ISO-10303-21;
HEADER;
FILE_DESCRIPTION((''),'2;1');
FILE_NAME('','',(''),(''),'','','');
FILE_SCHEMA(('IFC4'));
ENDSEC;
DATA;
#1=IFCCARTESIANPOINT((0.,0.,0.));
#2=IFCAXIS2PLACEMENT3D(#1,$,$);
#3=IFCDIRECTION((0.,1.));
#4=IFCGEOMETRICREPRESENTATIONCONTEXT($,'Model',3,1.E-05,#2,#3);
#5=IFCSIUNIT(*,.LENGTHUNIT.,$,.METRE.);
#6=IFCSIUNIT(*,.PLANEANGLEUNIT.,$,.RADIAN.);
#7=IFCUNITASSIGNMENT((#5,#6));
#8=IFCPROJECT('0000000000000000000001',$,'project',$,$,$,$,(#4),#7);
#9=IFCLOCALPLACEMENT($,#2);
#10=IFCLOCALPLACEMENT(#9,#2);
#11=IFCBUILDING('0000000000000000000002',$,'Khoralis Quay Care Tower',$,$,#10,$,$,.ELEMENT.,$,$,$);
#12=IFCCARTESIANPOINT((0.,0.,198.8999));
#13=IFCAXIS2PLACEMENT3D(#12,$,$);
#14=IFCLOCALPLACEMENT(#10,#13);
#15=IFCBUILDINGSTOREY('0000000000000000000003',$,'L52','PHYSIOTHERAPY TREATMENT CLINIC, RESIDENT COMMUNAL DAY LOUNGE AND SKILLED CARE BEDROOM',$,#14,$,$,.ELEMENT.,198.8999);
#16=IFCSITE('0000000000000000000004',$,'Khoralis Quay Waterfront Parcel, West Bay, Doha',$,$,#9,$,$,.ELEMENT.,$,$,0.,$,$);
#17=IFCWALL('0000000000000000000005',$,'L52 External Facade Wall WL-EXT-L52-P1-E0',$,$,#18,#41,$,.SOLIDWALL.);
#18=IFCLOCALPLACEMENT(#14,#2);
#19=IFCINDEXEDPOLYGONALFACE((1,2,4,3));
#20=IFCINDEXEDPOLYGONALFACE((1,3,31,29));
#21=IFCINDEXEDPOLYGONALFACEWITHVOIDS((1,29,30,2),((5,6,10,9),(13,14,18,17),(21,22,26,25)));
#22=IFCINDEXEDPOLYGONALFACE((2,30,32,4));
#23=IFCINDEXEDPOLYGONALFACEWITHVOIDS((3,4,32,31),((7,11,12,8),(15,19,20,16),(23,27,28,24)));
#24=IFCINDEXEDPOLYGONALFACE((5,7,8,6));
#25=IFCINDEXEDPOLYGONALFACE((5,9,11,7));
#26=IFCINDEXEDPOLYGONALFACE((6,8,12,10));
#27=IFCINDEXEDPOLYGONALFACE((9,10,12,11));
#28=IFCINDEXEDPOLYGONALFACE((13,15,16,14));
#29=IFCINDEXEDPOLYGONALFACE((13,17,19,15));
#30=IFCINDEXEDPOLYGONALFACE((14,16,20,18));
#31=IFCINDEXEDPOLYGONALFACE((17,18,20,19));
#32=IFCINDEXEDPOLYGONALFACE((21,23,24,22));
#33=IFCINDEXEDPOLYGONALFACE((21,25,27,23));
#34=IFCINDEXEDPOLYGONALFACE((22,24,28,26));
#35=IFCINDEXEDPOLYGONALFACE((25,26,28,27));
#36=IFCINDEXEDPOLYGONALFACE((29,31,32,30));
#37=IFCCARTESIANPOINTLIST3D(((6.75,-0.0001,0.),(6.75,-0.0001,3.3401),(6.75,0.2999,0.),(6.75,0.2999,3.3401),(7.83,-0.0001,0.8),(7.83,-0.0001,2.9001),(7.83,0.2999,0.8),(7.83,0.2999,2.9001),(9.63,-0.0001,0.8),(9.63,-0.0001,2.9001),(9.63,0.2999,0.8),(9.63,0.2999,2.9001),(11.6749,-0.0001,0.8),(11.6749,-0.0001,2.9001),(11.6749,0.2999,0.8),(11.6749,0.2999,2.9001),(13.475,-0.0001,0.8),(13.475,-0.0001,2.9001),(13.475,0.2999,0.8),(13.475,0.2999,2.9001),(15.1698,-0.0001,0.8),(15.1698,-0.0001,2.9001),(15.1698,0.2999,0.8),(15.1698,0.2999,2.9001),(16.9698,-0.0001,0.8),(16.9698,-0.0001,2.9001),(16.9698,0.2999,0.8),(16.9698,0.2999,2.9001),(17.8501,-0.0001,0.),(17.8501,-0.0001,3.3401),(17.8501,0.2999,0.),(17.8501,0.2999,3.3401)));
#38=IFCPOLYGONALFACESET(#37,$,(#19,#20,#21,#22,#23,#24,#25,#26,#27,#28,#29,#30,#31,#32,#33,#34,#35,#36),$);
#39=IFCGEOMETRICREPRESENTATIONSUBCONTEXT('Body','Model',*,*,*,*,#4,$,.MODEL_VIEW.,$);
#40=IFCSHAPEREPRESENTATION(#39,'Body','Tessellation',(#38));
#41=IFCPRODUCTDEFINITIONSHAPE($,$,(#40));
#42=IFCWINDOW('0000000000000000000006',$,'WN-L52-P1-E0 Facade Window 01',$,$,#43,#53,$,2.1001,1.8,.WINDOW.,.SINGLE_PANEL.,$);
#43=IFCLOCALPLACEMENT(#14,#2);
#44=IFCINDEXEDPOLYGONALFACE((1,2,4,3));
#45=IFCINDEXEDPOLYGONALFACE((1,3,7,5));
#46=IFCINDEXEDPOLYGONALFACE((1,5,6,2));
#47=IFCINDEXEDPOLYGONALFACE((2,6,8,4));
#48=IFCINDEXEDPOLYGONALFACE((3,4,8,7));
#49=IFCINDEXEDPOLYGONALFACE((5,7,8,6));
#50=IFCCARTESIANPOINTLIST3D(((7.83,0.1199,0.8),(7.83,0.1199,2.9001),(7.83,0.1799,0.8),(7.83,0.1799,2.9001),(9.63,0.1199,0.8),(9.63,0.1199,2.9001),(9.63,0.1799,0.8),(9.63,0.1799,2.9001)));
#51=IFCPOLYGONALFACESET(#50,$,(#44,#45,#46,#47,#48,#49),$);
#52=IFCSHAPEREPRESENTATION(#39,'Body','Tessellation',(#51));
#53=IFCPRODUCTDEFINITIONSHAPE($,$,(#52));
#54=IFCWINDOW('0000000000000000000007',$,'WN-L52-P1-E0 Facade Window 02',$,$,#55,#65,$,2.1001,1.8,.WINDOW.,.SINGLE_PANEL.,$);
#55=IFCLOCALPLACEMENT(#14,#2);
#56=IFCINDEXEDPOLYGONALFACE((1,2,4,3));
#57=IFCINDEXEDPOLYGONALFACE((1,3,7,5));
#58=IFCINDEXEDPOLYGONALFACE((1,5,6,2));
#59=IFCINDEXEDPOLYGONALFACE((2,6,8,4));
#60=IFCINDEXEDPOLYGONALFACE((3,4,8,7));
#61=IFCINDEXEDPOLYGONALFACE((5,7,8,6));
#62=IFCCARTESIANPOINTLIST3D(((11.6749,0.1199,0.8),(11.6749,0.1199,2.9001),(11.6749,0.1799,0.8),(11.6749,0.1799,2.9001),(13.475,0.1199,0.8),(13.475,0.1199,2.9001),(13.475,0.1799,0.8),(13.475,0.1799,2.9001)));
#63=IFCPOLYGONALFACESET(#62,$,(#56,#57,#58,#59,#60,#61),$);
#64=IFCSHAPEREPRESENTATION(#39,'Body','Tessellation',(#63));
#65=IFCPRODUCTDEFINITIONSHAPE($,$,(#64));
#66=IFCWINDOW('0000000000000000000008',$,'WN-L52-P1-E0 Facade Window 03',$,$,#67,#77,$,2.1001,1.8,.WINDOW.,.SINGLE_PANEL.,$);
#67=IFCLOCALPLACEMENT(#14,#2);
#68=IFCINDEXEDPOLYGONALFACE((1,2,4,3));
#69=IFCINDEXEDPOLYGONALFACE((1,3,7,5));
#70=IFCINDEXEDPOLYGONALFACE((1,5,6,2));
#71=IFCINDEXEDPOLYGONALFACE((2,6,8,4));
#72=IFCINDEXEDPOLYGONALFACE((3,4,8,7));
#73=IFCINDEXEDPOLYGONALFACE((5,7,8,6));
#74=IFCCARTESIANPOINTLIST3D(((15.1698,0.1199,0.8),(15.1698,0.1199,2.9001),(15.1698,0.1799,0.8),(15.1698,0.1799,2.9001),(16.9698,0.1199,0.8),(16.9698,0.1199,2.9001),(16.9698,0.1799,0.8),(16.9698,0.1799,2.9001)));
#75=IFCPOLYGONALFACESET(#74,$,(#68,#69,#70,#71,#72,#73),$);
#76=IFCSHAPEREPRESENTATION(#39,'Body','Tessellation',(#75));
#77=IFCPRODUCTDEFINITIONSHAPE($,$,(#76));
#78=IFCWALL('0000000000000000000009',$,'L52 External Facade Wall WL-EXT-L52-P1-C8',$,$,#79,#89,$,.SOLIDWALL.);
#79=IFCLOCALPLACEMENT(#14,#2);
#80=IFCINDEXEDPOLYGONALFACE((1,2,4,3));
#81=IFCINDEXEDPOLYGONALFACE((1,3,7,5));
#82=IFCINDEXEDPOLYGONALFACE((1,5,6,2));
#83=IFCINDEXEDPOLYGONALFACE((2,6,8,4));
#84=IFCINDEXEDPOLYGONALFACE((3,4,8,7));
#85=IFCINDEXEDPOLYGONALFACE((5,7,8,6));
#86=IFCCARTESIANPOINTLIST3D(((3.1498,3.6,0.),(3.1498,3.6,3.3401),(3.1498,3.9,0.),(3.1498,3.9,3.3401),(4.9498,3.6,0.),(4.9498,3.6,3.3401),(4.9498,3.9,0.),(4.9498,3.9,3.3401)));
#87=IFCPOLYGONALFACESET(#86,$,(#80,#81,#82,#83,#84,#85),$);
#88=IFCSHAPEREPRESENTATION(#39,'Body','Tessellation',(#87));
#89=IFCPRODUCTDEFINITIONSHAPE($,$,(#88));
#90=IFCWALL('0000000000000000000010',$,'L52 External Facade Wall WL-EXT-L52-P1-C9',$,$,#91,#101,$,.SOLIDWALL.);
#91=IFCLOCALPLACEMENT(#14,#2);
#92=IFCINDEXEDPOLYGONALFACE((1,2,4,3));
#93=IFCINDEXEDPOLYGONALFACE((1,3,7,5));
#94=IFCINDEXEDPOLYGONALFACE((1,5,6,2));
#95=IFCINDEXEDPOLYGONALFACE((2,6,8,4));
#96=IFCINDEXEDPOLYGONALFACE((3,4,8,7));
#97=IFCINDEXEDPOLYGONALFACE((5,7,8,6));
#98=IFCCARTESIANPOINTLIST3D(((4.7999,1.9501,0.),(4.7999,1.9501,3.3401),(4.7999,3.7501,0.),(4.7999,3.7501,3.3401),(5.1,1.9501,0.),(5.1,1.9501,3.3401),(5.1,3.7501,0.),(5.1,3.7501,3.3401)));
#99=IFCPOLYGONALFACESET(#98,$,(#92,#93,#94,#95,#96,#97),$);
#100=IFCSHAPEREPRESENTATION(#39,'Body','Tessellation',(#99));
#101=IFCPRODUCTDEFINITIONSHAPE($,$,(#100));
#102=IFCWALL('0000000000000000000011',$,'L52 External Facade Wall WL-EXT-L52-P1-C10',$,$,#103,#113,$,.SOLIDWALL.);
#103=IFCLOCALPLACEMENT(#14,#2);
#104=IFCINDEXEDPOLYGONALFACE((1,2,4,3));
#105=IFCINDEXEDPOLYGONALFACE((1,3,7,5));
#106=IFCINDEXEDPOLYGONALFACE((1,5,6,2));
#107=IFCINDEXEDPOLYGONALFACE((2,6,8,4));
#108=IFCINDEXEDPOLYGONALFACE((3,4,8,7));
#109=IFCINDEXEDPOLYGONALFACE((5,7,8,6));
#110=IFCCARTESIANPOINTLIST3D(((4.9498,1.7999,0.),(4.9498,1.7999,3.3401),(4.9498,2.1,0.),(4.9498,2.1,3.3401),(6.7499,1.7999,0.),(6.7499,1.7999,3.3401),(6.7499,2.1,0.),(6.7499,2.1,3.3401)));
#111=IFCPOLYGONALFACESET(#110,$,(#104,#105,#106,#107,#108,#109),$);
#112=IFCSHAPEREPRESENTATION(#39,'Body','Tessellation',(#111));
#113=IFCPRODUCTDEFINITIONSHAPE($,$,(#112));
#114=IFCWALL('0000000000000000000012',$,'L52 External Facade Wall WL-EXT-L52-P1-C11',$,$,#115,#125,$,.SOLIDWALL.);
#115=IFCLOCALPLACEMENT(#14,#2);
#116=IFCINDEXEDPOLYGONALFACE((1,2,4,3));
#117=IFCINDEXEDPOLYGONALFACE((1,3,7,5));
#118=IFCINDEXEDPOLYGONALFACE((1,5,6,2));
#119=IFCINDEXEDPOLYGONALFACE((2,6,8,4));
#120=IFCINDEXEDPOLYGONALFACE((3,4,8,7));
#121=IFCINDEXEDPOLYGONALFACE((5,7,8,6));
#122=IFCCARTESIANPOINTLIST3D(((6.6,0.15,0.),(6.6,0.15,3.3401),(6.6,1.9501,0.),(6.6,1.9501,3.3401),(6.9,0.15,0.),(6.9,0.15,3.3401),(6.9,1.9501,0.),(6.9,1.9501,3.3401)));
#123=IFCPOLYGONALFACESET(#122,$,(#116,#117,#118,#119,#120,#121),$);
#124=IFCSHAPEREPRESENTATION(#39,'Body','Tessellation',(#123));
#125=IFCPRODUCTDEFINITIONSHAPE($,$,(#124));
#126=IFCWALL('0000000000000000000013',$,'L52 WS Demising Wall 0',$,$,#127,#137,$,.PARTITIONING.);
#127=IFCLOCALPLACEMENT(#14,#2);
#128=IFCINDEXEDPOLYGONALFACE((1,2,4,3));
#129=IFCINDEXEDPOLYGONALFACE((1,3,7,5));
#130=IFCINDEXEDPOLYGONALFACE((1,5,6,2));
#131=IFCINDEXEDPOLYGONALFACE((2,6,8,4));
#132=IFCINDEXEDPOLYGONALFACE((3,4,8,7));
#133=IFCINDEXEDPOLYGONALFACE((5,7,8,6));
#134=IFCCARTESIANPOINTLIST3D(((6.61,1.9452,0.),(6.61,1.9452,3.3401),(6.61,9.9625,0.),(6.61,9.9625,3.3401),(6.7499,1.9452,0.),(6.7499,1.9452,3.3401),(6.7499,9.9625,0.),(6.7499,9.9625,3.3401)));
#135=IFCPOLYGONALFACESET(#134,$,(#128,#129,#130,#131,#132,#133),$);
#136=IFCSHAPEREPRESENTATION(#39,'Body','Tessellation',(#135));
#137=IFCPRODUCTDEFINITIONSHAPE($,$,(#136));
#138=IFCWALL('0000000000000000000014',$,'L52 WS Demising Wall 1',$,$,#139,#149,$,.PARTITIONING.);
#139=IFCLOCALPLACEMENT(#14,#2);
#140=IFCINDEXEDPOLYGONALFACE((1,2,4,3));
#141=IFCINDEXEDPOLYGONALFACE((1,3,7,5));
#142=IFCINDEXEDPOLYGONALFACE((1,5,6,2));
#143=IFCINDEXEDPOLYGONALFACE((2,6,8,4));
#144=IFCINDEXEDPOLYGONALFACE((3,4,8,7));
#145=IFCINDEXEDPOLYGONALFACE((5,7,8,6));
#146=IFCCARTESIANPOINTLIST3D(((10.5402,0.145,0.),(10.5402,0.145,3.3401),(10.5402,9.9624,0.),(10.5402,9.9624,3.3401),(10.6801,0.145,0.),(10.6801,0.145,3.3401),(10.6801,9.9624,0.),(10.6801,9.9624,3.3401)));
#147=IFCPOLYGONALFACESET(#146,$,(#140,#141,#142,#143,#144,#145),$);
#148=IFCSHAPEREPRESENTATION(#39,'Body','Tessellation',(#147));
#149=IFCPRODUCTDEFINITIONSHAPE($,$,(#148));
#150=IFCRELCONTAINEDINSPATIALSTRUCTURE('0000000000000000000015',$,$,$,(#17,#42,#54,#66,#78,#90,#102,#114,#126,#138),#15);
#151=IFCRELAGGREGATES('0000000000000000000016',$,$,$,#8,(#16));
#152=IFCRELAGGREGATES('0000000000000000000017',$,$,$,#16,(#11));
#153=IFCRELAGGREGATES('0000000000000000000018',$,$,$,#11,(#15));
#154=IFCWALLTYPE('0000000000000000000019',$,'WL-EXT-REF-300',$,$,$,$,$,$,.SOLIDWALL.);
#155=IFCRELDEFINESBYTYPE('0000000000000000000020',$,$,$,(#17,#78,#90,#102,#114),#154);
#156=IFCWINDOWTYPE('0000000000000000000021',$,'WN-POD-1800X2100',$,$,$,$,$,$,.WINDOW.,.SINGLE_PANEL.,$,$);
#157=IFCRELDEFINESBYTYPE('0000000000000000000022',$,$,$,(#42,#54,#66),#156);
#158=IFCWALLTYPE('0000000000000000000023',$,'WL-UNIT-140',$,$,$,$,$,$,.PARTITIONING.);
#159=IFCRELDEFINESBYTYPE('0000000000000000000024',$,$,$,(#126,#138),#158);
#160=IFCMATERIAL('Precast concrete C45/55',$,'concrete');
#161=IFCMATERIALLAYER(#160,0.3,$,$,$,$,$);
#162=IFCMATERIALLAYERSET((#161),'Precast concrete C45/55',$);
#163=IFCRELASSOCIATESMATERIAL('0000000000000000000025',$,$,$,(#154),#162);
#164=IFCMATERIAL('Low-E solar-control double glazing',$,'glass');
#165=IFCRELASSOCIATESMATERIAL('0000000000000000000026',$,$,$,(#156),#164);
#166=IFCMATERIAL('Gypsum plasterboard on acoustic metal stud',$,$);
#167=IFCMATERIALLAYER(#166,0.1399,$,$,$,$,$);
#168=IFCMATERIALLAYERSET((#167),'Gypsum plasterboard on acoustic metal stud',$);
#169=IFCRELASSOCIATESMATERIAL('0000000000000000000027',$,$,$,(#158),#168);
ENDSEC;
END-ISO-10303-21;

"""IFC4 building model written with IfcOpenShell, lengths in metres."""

from ifc_helpers import new_model, si_unit, direction, frame, frame_2d, origin, place, context, subcontext, project, spatial, rectangle, extrude, source, transform, mapped, material, layer, layer_set, type_object, element, fill, save


model = new_model("IFC4")

# Units and contexts
model_context = context("Model", 3, precision=1e-05, world=origin(), true_north=direction((0.0, 1.0)))
body_context = subcontext(model_context, "Body", "Model", "MODEL_VIEW")
ifc_project = project(units=[si_unit("LENGTHUNIT", "METRE"), si_unit("PLANEANGLEUNIT", "RADIAN")], contexts=[model_context])

# Site, building, storey
site_placement = place(None, origin())
site = spatial("IfcSite", under=ifc_project, at=site_placement, Name="Khoralis Quay Waterfront Parcel, West Bay, Doha", CompositionType="ELEMENT", RefElevation=0.0)
building_placement = place(site_placement, origin())
building = spatial("IfcBuilding", under=site, at=building_placement, Name="Khoralis Quay Care Tower", CompositionType="ELEMENT")
storey_placement = place(building_placement, frame((0.0, 0.0, 198.8999)))
storey = spatial("IfcBuildingStorey", under=building, at=storey_placement, Name="L52", Description="PHYSIOTHERAPY TREATMENT CLINIC, RESIDENT COMMUNAL DAY LOUNGE AND SKILLED CARE BEDROOM", CompositionType="ELEMENT", Elevation=198.8999)

# Shared definitions
ifc_material_1 = material(Name="Precast concrete C45/55", Category="concrete")

# Wall, openings, windows
ifc_layer_1 = layer(ifc_material_1, 0.3)
ifc_layer_set_1 = layer_set([ifc_layer_1], Name="Precast concrete C45/55")
wall_type_1 = type_object("IfcWallType", Name="WL-EXT-REF-300", PredefinedType="SOLIDWALL", material=ifc_layer_set_1)
wall_1_placement = place(storey_placement, frame((6.75, 0.1499, 0.0), z_axis=(0.0, 0.0, 1.0), x_axis=(1.0, 0.0, 0.0)))
wall_1 = element("IfcWall", 1, at=wall_1_placement, inside=storey, type_object=wall_type_1, Name="L52 External Facade Wall WL-EXT-L52-P1-E0", PredefinedType="SOLIDWALL", context=body_context, shape_type="SweptSolid", body=[
    extrude(rectangle(XDim=11.1001, YDim=0.3, at=frame_2d((5.55, 0.0))), origin(), (0.0, 0.0, 1.0), 3.3401),
])
opening_1_placement = place(wall_1_placement, frame((1.0801, 0.0, 0.8)))
opening_1 = element("IfcOpeningElement", 2, at=opening_1_placement, cuts=wall_1, PredefinedType="OPENING", context=body_context, shape_type="SweptSolid", body=[
    extrude(rectangle(XDim=1.8, YDim=2.1001, at=frame_2d((0.8999, 1.05))), frame((0.0, 0.1602, 0.0), z_axis=(0.0, -1.0, 0.0), x_axis=(1.0, 0.0, 0.0)), (0.0, 0.0, 1.0), 0.3201),
])
opening_2_placement = place(wall_1_placement, frame((4.925, 0.0, 0.8)))
opening_2 = element("IfcOpeningElement", 3, at=opening_2_placement, cuts=wall_1, PredefinedType="OPENING", context=body_context, shape_type="SweptSolid", body=[
    extrude(rectangle(XDim=1.8, YDim=2.1001, at=frame_2d((0.8999, 1.05))), frame((0.0, 0.1602, 0.0), z_axis=(0.0, -1.0, 0.0), x_axis=(1.0, 0.0, 0.0)), (0.0, 0.0, 1.0), 0.3201),
])
opening_3_placement = place(wall_1_placement, frame((8.4199, 0.0, 0.8)))
opening_3 = element("IfcOpeningElement", 4, at=opening_3_placement, cuts=wall_1, PredefinedType="OPENING", context=body_context, shape_type="SweptSolid", body=[
    extrude(rectangle(XDim=1.8, YDim=2.1001, at=frame_2d((0.8999, 1.05))), frame((0.0, 0.1602, 0.0), z_axis=(0.0, -1.0, 0.0), x_axis=(1.0, 0.0, 0.0)), (0.0, 0.0, 1.0), 0.3201),
])
ifc_material_2 = material(Name="Low-E solar-control double glazing", Category="glass")
window_type = type_object("IfcWindowType", Name="WN-POD-1800X2100", PartitioningType="SINGLE_PANEL", PredefinedType="WINDOW", material=ifc_material_2)
shared_shape_1 = source(origin(), body_context, "Body", "SweptSolid", [
    extrude(rectangle(XDim=1.8, YDim=2.1001, at=frame_2d((0.8999, 1.05))), frame((0.0, 0.03, 0.0), z_axis=(0.0, -1.0, 0.0), x_axis=(1.0, 0.0, 0.0)), (0.0, 0.0, 1.0), 0.0601),
])
window_1_placement = place(opening_1_placement, origin())
window_1 = element("IfcWindow", 5, at=window_1_placement, inside=storey, type_object=window_type, Name="WN-L52-P1-E0 Facade Window 01", OverallHeight=2.1001, OverallWidth=1.8, PartitioningType="SINGLE_PANEL", PredefinedType="WINDOW", context=body_context, shape_type="MappedRepresentation", body=[
    mapped(shared_shape_1, transform((0.0, 0.0, 0.0), scale=1.0)),
])
fill(opening_1, window_1)
window_2_placement = place(opening_2_placement, origin())
window_2 = element("IfcWindow", 6, at=window_2_placement, inside=storey, type_object=window_type, Name="WN-L52-P1-E0 Facade Window 02", OverallHeight=2.1001, OverallWidth=1.8, PartitioningType="SINGLE_PANEL", PredefinedType="WINDOW", context=body_context, shape_type="MappedRepresentation", body=[
    mapped(shared_shape_1, transform((0.0, 0.0, 0.0), scale=1.0)),
])
fill(opening_2, window_2)
window_3_placement = place(opening_3_placement, origin())
window_3 = element("IfcWindow", 7, at=window_3_placement, inside=storey, type_object=window_type, Name="WN-L52-P1-E0 Facade Window 03", OverallHeight=2.1001, OverallWidth=1.8, PartitioningType="SINGLE_PANEL", PredefinedType="WINDOW", context=body_context, shape_type="MappedRepresentation", body=[
    mapped(shared_shape_1, transform((0.0, 0.0, 0.0), scale=1.0)),
])
fill(opening_3, window_3)

# Walls
for number, where, z_axis, x_axis, name in (
    (8, (3.1499, 3.75, 0.0), (0.0, 0.0, 1.0), (1.0, 0.0, 0.0), "L52 External Facade Wall WL-EXT-L52-P1-C8"),
    (9, (4.95, 3.75, 0.0), (0.0, 0.0, 1.0), (0.0, -1.0, 0.0), "L52 External Facade Wall WL-EXT-L52-P1-C9"),
    (10, (4.95, 1.95, 0.0), (0.0, 0.0, 1.0), (1.0, 0.0, 0.0), "L52 External Facade Wall WL-EXT-L52-P1-C10"),
    (11, (6.75, 1.95, 0.0), (0.0, 0.0, 1.0), (0.0, -1.0, 0.0), "L52 External Facade Wall WL-EXT-L52-P1-C11"),
):
    element("IfcWall", number, at=place(storey_placement, frame(where, z_axis=z_axis, x_axis=x_axis)), inside=storey, type_object=wall_type_1, Name=name, PredefinedType="SOLIDWALL", context=body_context, shape_type="SweptSolid", body=[
        extrude(rectangle(XDim=1.8, YDim=0.3, at=frame_2d((0.8999, 0.0))), origin(), (0.0, 0.0, 1.0), 3.3401),
    ])
ifc_material_3 = material(Name="Gypsum plasterboard on acoustic metal stud")
ifc_layer_2 = layer(ifc_material_3, 0.1399)
ifc_layer_set_2 = layer_set([ifc_layer_2], Name="Gypsum plasterboard on acoustic metal stud")
wall_type_2 = type_object("IfcWallType", Name="WL-UNIT-140", PredefinedType="PARTITIONING", material=ifc_layer_set_2)
wall_2_placement = place(storey_placement, frame((6.6799, 1.9451, 0.0), z_axis=(0.0, 0.0, 1.0), x_axis=(0.0, 1.0, 0.0)))
element("IfcWall", 12, at=wall_2_placement, inside=storey, type_object=wall_type_2, Name="L52 WS Demising Wall 0", PredefinedType="PARTITIONING", context=body_context, shape_type="SweptSolid", body=[
    extrude(rectangle(XDim=8.0173, YDim=0.1399, at=frame_2d((4.0088, 0.0))), origin(), (0.0, 0.0, 1.0), 3.3401),
])
wall_3_placement = place(storey_placement, frame((10.6101, 0.145, 0.0), z_axis=(0.0, 0.0, 1.0), x_axis=(0.0, 1.0, 0.0)))
element("IfcWall", 13, at=wall_3_placement, inside=storey, type_object=wall_type_2, Name="L52 WS Demising Wall 1", PredefinedType="PARTITIONING", context=body_context, shape_type="SweptSolid", body=[
    extrude(rectangle(XDim=9.8174, YDim=0.1399, at=frame_2d((4.9087, 0.0))), origin(), (0.0, 0.0, 1.0), 3.3401),
])

save(model, "model.ifc")
